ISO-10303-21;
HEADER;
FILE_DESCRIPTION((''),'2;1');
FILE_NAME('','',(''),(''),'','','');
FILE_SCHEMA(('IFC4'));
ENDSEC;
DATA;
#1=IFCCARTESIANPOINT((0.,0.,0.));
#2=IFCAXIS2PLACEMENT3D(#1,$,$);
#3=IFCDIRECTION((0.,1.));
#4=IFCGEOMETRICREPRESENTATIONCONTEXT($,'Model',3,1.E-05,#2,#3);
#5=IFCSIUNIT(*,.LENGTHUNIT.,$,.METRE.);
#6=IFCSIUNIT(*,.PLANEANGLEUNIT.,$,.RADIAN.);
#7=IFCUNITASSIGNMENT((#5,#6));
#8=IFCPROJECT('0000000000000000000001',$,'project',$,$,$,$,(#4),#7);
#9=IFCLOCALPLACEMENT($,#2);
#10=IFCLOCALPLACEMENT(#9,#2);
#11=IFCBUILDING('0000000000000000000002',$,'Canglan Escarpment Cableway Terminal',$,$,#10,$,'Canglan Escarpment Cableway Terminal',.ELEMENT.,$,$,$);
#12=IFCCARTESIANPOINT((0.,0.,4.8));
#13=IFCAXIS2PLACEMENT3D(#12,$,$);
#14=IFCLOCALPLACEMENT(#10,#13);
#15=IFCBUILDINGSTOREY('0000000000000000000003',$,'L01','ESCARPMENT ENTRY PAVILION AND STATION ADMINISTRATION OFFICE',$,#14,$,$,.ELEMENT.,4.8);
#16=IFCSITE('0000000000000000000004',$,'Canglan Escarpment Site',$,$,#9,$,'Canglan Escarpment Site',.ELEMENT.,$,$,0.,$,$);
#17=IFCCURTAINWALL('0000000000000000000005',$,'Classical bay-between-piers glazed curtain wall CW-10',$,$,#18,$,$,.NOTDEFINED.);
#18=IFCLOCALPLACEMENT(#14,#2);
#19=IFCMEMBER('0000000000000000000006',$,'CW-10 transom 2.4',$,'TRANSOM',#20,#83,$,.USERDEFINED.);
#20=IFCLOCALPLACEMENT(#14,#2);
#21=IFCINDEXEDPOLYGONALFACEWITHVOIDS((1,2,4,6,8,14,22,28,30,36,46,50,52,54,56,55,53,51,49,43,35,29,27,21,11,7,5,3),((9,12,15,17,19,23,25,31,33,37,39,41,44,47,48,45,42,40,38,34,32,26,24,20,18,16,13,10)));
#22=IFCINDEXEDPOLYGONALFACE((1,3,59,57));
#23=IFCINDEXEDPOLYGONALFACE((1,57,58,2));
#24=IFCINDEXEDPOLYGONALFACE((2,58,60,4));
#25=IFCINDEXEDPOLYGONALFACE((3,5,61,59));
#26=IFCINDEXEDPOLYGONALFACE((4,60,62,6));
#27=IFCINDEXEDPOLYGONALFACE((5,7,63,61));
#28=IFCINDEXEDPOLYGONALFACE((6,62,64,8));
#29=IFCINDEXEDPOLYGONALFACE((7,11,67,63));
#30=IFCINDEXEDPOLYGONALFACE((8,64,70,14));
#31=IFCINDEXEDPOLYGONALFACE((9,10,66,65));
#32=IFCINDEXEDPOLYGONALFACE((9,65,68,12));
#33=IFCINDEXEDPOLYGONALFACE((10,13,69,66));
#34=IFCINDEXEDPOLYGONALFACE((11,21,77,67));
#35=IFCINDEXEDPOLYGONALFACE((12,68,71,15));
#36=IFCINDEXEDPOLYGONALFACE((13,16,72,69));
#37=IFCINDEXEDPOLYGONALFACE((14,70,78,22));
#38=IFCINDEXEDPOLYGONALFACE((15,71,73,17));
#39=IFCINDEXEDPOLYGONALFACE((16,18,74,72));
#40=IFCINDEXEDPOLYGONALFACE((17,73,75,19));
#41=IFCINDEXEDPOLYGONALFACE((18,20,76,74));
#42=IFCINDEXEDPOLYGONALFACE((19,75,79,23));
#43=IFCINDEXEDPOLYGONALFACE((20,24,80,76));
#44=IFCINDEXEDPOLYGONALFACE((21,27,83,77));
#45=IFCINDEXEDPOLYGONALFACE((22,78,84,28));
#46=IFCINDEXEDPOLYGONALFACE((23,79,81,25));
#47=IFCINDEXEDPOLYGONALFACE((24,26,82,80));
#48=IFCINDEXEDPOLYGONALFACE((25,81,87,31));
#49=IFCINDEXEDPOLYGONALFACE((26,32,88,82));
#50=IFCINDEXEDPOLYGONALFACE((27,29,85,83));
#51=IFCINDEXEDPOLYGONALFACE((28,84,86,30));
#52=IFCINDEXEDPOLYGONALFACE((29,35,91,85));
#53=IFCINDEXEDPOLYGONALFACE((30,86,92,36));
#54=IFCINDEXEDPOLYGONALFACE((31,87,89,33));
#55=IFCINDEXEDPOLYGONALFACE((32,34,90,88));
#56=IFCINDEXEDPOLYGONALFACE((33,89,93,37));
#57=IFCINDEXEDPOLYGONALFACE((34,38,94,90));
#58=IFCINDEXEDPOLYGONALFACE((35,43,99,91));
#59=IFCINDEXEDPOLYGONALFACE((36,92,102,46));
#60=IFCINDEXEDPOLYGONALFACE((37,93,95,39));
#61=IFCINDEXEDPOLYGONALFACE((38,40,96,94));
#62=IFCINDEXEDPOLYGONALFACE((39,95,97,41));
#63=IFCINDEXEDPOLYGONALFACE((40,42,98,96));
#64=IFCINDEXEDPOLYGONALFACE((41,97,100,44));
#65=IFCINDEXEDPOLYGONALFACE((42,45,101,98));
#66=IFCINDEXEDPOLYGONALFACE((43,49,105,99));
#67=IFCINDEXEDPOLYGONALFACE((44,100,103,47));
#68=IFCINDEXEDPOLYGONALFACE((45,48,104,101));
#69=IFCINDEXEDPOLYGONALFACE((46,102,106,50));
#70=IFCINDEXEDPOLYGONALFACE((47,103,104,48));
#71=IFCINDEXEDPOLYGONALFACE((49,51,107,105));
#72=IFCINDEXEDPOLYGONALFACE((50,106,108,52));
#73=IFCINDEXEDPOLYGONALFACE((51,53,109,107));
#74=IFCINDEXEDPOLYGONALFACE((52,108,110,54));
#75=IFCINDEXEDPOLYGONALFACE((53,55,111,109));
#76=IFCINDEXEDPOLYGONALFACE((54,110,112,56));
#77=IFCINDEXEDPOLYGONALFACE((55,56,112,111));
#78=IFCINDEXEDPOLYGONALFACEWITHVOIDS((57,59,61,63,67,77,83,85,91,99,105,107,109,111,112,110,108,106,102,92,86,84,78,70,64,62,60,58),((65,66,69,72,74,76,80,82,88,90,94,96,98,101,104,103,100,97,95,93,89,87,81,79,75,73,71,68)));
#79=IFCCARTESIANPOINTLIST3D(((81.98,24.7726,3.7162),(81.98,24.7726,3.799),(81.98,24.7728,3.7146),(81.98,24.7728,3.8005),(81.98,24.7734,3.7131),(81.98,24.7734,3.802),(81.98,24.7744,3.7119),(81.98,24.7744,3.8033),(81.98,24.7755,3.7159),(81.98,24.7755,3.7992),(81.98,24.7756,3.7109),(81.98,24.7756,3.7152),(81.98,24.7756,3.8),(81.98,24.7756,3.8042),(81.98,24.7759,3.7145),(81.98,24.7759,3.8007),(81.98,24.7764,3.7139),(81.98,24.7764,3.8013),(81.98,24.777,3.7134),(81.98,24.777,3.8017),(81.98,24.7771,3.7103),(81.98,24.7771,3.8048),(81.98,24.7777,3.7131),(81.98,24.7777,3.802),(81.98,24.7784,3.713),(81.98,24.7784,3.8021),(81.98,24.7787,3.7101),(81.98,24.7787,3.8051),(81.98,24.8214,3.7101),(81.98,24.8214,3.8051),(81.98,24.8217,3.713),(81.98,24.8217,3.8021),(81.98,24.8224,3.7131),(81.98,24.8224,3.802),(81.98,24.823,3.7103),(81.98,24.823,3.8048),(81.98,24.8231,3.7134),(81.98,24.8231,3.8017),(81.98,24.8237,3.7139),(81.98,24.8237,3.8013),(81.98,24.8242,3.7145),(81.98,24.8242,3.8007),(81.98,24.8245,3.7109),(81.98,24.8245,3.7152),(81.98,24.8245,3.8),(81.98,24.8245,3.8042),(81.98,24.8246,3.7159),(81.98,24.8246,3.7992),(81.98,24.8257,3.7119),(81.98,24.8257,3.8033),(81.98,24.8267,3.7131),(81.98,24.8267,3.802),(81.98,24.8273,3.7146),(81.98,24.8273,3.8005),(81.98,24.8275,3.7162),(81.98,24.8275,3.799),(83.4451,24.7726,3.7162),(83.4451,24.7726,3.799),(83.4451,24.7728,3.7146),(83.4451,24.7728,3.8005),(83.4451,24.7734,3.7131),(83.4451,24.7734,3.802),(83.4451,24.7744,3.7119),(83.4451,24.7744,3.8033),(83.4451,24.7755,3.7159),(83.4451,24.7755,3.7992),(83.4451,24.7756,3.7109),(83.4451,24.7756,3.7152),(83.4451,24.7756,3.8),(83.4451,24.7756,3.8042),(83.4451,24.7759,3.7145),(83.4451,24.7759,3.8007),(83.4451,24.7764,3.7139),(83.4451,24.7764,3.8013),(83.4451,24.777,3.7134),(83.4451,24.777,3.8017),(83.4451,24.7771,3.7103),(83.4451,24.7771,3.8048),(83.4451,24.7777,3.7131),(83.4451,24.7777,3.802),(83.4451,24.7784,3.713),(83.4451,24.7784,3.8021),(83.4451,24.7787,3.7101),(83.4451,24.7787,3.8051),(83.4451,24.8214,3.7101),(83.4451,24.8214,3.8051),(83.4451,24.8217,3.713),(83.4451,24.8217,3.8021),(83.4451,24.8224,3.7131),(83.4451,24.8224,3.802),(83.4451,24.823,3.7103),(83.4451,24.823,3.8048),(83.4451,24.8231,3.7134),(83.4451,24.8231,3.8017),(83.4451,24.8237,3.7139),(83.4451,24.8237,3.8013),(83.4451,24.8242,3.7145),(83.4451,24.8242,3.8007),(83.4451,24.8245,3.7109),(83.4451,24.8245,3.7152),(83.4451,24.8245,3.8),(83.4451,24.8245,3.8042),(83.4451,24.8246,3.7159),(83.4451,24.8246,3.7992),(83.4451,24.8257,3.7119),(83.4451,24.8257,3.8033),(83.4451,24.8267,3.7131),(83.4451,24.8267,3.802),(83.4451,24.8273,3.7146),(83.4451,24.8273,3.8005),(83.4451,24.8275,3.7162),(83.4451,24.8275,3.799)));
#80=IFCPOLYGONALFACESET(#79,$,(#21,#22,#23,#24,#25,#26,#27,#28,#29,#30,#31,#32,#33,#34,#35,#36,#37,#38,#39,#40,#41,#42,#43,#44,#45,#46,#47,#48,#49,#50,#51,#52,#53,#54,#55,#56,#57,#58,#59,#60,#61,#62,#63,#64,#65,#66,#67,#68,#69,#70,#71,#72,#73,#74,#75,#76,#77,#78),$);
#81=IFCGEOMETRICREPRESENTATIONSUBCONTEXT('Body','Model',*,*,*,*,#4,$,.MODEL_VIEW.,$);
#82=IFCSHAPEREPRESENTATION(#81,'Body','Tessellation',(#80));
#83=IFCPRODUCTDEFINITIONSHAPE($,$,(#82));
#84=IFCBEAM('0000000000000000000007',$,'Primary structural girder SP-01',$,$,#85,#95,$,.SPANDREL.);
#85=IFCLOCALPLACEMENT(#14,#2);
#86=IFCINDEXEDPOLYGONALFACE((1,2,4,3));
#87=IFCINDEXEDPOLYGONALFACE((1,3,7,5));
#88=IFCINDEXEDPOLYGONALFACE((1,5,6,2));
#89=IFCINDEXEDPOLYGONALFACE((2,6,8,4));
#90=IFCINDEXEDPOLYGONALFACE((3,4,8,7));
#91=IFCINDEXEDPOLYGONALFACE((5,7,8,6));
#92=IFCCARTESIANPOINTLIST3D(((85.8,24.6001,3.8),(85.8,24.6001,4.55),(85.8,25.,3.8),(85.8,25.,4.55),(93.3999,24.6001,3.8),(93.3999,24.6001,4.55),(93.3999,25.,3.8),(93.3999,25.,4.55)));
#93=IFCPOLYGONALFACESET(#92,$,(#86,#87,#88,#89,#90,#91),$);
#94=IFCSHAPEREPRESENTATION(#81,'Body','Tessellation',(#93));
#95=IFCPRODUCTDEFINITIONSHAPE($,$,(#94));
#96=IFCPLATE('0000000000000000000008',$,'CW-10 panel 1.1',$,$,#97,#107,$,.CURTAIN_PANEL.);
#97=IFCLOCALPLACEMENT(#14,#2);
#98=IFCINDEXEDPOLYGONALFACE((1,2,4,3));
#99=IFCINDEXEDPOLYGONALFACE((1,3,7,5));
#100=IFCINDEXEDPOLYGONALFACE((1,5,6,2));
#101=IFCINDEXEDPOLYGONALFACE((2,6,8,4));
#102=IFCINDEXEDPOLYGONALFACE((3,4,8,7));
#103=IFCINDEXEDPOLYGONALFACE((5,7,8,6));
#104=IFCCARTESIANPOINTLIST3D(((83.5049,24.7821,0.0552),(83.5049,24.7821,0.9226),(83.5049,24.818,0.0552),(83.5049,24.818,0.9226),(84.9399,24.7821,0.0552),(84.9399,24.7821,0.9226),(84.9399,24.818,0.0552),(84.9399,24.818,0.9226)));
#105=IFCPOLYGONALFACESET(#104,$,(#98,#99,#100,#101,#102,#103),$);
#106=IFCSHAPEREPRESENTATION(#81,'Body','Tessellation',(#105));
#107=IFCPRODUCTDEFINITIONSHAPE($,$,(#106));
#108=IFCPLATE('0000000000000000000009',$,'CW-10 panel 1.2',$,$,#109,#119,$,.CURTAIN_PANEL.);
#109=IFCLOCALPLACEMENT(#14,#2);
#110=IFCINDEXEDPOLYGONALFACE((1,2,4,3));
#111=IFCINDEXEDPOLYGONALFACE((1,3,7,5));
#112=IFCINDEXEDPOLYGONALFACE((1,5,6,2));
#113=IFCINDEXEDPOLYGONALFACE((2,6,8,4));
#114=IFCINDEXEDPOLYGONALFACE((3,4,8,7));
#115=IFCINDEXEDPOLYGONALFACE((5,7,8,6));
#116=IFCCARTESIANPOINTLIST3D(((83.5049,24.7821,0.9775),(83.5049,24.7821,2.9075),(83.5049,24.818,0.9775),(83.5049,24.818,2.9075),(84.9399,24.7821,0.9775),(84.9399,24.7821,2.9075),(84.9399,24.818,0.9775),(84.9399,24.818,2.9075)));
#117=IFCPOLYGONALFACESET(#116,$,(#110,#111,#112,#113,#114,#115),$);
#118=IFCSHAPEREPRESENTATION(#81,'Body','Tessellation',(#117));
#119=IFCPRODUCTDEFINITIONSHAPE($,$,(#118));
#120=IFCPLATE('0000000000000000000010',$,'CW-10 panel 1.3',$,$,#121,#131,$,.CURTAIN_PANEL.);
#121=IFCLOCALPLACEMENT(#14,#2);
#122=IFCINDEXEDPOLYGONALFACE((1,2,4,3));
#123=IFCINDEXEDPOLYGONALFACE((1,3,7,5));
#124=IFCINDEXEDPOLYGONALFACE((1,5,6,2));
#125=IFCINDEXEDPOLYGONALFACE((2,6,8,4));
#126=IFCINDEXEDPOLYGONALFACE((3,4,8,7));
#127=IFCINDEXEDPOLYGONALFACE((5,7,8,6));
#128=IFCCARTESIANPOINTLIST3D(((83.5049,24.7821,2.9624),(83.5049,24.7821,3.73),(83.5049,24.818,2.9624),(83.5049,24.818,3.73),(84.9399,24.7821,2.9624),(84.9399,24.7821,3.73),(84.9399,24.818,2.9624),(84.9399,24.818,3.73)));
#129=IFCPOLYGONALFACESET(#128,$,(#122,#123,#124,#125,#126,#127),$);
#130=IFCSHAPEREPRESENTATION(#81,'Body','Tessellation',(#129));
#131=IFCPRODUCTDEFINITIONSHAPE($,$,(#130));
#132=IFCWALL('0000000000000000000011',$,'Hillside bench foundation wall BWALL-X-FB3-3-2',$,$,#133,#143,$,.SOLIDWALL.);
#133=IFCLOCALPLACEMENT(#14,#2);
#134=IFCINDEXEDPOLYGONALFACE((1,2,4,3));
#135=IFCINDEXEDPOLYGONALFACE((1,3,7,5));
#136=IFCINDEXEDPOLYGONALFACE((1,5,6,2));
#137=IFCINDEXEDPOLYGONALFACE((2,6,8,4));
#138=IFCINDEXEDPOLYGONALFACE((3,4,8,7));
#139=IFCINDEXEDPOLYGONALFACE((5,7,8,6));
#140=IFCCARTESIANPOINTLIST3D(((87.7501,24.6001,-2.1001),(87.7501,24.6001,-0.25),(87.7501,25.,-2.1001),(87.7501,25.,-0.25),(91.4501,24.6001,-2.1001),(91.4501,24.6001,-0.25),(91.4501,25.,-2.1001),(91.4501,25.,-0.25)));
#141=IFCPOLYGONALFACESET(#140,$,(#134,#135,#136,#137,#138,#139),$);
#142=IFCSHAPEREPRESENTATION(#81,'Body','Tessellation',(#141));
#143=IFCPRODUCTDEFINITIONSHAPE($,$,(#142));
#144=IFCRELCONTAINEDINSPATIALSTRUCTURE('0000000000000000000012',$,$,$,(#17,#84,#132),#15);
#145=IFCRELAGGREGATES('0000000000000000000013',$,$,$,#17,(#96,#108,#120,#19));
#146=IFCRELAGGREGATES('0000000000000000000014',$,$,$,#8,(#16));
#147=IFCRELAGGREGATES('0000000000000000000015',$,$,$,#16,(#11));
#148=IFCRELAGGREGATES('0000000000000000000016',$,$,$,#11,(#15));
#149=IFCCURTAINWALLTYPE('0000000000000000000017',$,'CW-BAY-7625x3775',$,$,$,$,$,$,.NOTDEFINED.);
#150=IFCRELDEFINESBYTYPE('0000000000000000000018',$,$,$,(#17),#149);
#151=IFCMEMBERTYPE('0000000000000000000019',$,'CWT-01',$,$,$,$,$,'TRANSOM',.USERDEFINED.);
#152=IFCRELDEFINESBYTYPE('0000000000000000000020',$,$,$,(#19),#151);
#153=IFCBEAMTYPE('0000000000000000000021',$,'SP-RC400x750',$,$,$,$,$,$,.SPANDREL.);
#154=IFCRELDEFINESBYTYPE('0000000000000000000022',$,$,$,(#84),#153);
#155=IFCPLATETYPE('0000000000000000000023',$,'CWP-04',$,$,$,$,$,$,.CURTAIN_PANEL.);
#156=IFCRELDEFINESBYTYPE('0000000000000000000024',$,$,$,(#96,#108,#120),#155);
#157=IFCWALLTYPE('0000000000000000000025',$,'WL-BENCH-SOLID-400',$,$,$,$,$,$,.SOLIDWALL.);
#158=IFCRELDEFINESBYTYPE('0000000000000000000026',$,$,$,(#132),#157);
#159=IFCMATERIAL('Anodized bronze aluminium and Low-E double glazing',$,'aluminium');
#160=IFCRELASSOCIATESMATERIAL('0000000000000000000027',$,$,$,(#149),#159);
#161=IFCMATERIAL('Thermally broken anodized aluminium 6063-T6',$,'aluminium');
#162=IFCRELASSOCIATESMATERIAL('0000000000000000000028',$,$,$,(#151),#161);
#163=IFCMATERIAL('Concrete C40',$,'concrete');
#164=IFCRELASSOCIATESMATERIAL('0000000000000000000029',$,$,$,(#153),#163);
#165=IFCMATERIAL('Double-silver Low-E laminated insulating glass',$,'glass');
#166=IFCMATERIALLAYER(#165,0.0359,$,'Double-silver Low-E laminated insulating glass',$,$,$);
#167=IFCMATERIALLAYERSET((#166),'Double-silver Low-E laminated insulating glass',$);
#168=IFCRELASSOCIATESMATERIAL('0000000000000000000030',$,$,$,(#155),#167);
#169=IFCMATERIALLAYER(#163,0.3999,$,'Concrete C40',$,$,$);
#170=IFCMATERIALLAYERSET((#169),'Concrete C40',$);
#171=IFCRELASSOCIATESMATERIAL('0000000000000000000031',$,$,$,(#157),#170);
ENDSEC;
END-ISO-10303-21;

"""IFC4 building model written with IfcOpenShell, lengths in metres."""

from ifc_helpers import new_model, si_unit, direction, frame, frame_2d, origin, origin_2d, place, context, subcontext, project, spatial, rectangle, hollow_rectangle, extrude, material, layer, layer_set, material_profile, profile_set, type_object, element, aggregate, save


model = new_model("IFC4")

# Units and contexts
model_context = context("Model", 3, precision=1e-05, world=origin(), true_north=direction((0.0, 1.0)))
body_context = subcontext(model_context, "Body", "Model", "MODEL_VIEW")
ifc_project = project(units=[si_unit("LENGTHUNIT", "METRE"), si_unit("PLANEANGLEUNIT", "RADIAN")], contexts=[model_context])

# Site, building, storey
site_placement = place(None, origin())
site = spatial("IfcSite", under=ifc_project, at=site_placement, Name="Canglan Escarpment Site", LongName="Canglan Escarpment Site", CompositionType="ELEMENT", RefElevation=0.0)
building_placement = place(site_placement, origin())
building = spatial("IfcBuilding", under=site, at=building_placement, Name="Canglan Escarpment Cableway Terminal", LongName="Canglan Escarpment Cableway Terminal", CompositionType="ELEMENT")
storey_placement = place(building_placement, frame((0.0, 0.0, 4.8)))
storey = spatial("IfcBuildingStorey", under=building, at=storey_placement, Name="L01", Description="ESCARPMENT ENTRY PAVILION AND STATION ADMINISTRATION OFFICE", CompositionType="ELEMENT", Elevation=4.8)

# Shared definitions
ifc_material_1 = material(Name="Concrete C40", Category="concrete")

# Curtain wall, member
ifc_material_2 = material(Name="Anodized bronze aluminium and Low-E double glazing", Category="aluminium")
curtain_wall_type = type_object("IfcCurtainWallType", Name="CW-BAY-7625x3775", PredefinedType="NOTDEFINED", material=ifc_material_2)
curtain_wall_placement = place(storey_placement, origin())
curtain_wall = element("IfcCurtainWall", 1, at=curtain_wall_placement, inside=storey, type_object=curtain_wall_type, Name="Classical bay-between-piers glazed curtain wall CW-10", PredefinedType="NOTDEFINED")
ifc_material_3 = material(Name="Thermally broken anodized aluminium 6063-T6", Category="aluminium")
ifc_material_profile_1 = material_profile(ifc_material_3, hollow_rectangle(XDim=0.0549, YDim=0.095, WallThickness=0.0029, InnerFilletRadius=0.0029, OuterFilletRadius=0.0061, at=origin_2d()), Name="ALU-TRAN 55x95x3")
ifc_profile_set_1 = profile_set([ifc_material_profile_1], Name="Thermally broken anodized aluminium 6063-T6")
member_type_1 = type_object("IfcMemberType", Name="CWT-01", ElementType="TRANSOM", PredefinedType="USERDEFINED", material=ifc_profile_set_1)
member_1_placement = place(storey_placement, frame((83.4451, 24.8, 3.7576), z_axis=(-1.0, 0.0, 0.0), x_axis=(0.0, -1.0, 0.0)))
member_1 = element("IfcMember", 2, at=member_1_placement, type_object=member_type_1, Name="CW-10 transom 2.4", ObjectType="TRANSOM", PredefinedType="USERDEFINED", context=body_context, shape_type="SweptSolid", body=[
    extrude(hollow_rectangle(XDim=0.0549, YDim=0.095, WallThickness=0.0029, InnerFilletRadius=0.0029, OuterFilletRadius=0.0061, at=origin_2d()), origin(), (0.0, 0.0, 1.0), 1.4651),
])

# Beam
ifc_material_profile_2 = material_profile(ifc_material_1, rectangle(XDim=0.3999, YDim=0.75, at=origin_2d()), Name="RC 400x750")
ifc_profile_set_2 = profile_set([ifc_material_profile_2], Name="Concrete C40")
beam_type = type_object("IfcBeamType", Name="SP-RC400x750", PredefinedType="SPANDREL", material=ifc_profile_set_2)
beam_placement = place(storey_placement, frame((85.8, 24.8, 4.175), z_axis=(1.0, 0.0, 0.0), x_axis=(0.0, 1.0, 0.0)))
element("IfcBeam", 3, at=beam_placement, inside=storey, type_object=beam_type, Name="Primary structural girder SP-01", PredefinedType="SPANDREL", context=body_context, shape_type="SweptSolid", body=[
    extrude(rectangle(XDim=0.3999, YDim=0.75, at=origin_2d()), origin(), (0.0, 0.0, 1.0), 7.5999),
])

# Plates
ifc_material_4 = material(Name="Double-silver Low-E laminated insulating glass", Category="glass")
ifc_layer_1 = layer(ifc_material_4, 0.0359, Name="Double-silver Low-E laminated insulating glass")
ifc_layer_set_1 = layer_set([ifc_layer_1], Name="Double-silver Low-E laminated insulating glass")
plate_type = type_object("IfcPlateType", Name="CWP-04", PredefinedType="CURTAIN_PANEL", material=ifc_layer_set_1)
plate_1_placement = place(storey_placement, frame((84.2224, 24.8, 0.0552), z_axis=(0.0, 0.0, 1.0), x_axis=(-1.0, 0.0, 0.0)))
plate_1 = element("IfcPlate", 4, at=plate_1_placement, type_object=plate_type, Name="CW-10 panel 1.1", PredefinedType="CURTAIN_PANEL", context=body_context, shape_type="SweptSolid", body=[
    extrude(rectangle(XDim=1.4351, YDim=0.0359, at=origin_2d()), origin(), (0.0, 0.0, 1.0), 0.8674),
])
plate_2_placement = place(storey_placement, frame((84.2224, 24.8, 0.9775), z_axis=(0.0, 0.0, 1.0), x_axis=(-1.0, 0.0, 0.0)))
plate_2 = element("IfcPlate", 5, at=plate_2_placement, type_object=plate_type, Name="CW-10 panel 1.2", PredefinedType="CURTAIN_PANEL", context=body_context, shape_type="SweptSolid", body=[
    extrude(rectangle(XDim=1.4351, YDim=0.0359, at=origin_2d()), origin(), (0.0, 0.0, 1.0), 1.9299),
])
plate_3_placement = place(storey_placement, frame((84.2224, 24.8, 2.9624), z_axis=(0.0, 0.0, 1.0), x_axis=(-1.0, 0.0, 0.0)))
plate_3 = element("IfcPlate", 6, at=plate_3_placement, type_object=plate_type, Name="CW-10 panel 1.3", PredefinedType="CURTAIN_PANEL", context=body_context, shape_type="SweptSolid", body=[
    extrude(rectangle(XDim=1.4351, YDim=0.0359, at=origin_2d()), origin(), (0.0, 0.0, 1.0), 0.7676),
])
aggregate(curtain_wall, [plate_1, plate_2, plate_3, member_1])

# Wall
ifc_layer_2 = layer(ifc_material_1, 0.3999, Name="Concrete C40")
ifc_layer_set_2 = layer_set([ifc_layer_2], Name="Concrete C40")
wall_type = type_object("IfcWallType", Name="WL-BENCH-SOLID-400", PredefinedType="SOLIDWALL", material=ifc_layer_set_2)
wall_placement = place(storey_placement, frame((87.75, 24.8, -2.1001), z_axis=(0.0, 0.0, 1.0), x_axis=(1.0, 0.0, 0.0)))
element("IfcWall", 7, at=wall_placement, inside=storey, type_object=wall_type, Name="Hillside bench foundation wall BWALL-X-FB3-3-2", PredefinedType="SOLIDWALL", context=body_context, shape_type="SweptSolid", body=[
    extrude(rectangle(XDim=3.7, YDim=0.3999, at=frame_2d((1.8501, 0.0))), origin(), (0.0, 0.0, 1.0), 1.8501),
])

save(model, "model.ifc")
